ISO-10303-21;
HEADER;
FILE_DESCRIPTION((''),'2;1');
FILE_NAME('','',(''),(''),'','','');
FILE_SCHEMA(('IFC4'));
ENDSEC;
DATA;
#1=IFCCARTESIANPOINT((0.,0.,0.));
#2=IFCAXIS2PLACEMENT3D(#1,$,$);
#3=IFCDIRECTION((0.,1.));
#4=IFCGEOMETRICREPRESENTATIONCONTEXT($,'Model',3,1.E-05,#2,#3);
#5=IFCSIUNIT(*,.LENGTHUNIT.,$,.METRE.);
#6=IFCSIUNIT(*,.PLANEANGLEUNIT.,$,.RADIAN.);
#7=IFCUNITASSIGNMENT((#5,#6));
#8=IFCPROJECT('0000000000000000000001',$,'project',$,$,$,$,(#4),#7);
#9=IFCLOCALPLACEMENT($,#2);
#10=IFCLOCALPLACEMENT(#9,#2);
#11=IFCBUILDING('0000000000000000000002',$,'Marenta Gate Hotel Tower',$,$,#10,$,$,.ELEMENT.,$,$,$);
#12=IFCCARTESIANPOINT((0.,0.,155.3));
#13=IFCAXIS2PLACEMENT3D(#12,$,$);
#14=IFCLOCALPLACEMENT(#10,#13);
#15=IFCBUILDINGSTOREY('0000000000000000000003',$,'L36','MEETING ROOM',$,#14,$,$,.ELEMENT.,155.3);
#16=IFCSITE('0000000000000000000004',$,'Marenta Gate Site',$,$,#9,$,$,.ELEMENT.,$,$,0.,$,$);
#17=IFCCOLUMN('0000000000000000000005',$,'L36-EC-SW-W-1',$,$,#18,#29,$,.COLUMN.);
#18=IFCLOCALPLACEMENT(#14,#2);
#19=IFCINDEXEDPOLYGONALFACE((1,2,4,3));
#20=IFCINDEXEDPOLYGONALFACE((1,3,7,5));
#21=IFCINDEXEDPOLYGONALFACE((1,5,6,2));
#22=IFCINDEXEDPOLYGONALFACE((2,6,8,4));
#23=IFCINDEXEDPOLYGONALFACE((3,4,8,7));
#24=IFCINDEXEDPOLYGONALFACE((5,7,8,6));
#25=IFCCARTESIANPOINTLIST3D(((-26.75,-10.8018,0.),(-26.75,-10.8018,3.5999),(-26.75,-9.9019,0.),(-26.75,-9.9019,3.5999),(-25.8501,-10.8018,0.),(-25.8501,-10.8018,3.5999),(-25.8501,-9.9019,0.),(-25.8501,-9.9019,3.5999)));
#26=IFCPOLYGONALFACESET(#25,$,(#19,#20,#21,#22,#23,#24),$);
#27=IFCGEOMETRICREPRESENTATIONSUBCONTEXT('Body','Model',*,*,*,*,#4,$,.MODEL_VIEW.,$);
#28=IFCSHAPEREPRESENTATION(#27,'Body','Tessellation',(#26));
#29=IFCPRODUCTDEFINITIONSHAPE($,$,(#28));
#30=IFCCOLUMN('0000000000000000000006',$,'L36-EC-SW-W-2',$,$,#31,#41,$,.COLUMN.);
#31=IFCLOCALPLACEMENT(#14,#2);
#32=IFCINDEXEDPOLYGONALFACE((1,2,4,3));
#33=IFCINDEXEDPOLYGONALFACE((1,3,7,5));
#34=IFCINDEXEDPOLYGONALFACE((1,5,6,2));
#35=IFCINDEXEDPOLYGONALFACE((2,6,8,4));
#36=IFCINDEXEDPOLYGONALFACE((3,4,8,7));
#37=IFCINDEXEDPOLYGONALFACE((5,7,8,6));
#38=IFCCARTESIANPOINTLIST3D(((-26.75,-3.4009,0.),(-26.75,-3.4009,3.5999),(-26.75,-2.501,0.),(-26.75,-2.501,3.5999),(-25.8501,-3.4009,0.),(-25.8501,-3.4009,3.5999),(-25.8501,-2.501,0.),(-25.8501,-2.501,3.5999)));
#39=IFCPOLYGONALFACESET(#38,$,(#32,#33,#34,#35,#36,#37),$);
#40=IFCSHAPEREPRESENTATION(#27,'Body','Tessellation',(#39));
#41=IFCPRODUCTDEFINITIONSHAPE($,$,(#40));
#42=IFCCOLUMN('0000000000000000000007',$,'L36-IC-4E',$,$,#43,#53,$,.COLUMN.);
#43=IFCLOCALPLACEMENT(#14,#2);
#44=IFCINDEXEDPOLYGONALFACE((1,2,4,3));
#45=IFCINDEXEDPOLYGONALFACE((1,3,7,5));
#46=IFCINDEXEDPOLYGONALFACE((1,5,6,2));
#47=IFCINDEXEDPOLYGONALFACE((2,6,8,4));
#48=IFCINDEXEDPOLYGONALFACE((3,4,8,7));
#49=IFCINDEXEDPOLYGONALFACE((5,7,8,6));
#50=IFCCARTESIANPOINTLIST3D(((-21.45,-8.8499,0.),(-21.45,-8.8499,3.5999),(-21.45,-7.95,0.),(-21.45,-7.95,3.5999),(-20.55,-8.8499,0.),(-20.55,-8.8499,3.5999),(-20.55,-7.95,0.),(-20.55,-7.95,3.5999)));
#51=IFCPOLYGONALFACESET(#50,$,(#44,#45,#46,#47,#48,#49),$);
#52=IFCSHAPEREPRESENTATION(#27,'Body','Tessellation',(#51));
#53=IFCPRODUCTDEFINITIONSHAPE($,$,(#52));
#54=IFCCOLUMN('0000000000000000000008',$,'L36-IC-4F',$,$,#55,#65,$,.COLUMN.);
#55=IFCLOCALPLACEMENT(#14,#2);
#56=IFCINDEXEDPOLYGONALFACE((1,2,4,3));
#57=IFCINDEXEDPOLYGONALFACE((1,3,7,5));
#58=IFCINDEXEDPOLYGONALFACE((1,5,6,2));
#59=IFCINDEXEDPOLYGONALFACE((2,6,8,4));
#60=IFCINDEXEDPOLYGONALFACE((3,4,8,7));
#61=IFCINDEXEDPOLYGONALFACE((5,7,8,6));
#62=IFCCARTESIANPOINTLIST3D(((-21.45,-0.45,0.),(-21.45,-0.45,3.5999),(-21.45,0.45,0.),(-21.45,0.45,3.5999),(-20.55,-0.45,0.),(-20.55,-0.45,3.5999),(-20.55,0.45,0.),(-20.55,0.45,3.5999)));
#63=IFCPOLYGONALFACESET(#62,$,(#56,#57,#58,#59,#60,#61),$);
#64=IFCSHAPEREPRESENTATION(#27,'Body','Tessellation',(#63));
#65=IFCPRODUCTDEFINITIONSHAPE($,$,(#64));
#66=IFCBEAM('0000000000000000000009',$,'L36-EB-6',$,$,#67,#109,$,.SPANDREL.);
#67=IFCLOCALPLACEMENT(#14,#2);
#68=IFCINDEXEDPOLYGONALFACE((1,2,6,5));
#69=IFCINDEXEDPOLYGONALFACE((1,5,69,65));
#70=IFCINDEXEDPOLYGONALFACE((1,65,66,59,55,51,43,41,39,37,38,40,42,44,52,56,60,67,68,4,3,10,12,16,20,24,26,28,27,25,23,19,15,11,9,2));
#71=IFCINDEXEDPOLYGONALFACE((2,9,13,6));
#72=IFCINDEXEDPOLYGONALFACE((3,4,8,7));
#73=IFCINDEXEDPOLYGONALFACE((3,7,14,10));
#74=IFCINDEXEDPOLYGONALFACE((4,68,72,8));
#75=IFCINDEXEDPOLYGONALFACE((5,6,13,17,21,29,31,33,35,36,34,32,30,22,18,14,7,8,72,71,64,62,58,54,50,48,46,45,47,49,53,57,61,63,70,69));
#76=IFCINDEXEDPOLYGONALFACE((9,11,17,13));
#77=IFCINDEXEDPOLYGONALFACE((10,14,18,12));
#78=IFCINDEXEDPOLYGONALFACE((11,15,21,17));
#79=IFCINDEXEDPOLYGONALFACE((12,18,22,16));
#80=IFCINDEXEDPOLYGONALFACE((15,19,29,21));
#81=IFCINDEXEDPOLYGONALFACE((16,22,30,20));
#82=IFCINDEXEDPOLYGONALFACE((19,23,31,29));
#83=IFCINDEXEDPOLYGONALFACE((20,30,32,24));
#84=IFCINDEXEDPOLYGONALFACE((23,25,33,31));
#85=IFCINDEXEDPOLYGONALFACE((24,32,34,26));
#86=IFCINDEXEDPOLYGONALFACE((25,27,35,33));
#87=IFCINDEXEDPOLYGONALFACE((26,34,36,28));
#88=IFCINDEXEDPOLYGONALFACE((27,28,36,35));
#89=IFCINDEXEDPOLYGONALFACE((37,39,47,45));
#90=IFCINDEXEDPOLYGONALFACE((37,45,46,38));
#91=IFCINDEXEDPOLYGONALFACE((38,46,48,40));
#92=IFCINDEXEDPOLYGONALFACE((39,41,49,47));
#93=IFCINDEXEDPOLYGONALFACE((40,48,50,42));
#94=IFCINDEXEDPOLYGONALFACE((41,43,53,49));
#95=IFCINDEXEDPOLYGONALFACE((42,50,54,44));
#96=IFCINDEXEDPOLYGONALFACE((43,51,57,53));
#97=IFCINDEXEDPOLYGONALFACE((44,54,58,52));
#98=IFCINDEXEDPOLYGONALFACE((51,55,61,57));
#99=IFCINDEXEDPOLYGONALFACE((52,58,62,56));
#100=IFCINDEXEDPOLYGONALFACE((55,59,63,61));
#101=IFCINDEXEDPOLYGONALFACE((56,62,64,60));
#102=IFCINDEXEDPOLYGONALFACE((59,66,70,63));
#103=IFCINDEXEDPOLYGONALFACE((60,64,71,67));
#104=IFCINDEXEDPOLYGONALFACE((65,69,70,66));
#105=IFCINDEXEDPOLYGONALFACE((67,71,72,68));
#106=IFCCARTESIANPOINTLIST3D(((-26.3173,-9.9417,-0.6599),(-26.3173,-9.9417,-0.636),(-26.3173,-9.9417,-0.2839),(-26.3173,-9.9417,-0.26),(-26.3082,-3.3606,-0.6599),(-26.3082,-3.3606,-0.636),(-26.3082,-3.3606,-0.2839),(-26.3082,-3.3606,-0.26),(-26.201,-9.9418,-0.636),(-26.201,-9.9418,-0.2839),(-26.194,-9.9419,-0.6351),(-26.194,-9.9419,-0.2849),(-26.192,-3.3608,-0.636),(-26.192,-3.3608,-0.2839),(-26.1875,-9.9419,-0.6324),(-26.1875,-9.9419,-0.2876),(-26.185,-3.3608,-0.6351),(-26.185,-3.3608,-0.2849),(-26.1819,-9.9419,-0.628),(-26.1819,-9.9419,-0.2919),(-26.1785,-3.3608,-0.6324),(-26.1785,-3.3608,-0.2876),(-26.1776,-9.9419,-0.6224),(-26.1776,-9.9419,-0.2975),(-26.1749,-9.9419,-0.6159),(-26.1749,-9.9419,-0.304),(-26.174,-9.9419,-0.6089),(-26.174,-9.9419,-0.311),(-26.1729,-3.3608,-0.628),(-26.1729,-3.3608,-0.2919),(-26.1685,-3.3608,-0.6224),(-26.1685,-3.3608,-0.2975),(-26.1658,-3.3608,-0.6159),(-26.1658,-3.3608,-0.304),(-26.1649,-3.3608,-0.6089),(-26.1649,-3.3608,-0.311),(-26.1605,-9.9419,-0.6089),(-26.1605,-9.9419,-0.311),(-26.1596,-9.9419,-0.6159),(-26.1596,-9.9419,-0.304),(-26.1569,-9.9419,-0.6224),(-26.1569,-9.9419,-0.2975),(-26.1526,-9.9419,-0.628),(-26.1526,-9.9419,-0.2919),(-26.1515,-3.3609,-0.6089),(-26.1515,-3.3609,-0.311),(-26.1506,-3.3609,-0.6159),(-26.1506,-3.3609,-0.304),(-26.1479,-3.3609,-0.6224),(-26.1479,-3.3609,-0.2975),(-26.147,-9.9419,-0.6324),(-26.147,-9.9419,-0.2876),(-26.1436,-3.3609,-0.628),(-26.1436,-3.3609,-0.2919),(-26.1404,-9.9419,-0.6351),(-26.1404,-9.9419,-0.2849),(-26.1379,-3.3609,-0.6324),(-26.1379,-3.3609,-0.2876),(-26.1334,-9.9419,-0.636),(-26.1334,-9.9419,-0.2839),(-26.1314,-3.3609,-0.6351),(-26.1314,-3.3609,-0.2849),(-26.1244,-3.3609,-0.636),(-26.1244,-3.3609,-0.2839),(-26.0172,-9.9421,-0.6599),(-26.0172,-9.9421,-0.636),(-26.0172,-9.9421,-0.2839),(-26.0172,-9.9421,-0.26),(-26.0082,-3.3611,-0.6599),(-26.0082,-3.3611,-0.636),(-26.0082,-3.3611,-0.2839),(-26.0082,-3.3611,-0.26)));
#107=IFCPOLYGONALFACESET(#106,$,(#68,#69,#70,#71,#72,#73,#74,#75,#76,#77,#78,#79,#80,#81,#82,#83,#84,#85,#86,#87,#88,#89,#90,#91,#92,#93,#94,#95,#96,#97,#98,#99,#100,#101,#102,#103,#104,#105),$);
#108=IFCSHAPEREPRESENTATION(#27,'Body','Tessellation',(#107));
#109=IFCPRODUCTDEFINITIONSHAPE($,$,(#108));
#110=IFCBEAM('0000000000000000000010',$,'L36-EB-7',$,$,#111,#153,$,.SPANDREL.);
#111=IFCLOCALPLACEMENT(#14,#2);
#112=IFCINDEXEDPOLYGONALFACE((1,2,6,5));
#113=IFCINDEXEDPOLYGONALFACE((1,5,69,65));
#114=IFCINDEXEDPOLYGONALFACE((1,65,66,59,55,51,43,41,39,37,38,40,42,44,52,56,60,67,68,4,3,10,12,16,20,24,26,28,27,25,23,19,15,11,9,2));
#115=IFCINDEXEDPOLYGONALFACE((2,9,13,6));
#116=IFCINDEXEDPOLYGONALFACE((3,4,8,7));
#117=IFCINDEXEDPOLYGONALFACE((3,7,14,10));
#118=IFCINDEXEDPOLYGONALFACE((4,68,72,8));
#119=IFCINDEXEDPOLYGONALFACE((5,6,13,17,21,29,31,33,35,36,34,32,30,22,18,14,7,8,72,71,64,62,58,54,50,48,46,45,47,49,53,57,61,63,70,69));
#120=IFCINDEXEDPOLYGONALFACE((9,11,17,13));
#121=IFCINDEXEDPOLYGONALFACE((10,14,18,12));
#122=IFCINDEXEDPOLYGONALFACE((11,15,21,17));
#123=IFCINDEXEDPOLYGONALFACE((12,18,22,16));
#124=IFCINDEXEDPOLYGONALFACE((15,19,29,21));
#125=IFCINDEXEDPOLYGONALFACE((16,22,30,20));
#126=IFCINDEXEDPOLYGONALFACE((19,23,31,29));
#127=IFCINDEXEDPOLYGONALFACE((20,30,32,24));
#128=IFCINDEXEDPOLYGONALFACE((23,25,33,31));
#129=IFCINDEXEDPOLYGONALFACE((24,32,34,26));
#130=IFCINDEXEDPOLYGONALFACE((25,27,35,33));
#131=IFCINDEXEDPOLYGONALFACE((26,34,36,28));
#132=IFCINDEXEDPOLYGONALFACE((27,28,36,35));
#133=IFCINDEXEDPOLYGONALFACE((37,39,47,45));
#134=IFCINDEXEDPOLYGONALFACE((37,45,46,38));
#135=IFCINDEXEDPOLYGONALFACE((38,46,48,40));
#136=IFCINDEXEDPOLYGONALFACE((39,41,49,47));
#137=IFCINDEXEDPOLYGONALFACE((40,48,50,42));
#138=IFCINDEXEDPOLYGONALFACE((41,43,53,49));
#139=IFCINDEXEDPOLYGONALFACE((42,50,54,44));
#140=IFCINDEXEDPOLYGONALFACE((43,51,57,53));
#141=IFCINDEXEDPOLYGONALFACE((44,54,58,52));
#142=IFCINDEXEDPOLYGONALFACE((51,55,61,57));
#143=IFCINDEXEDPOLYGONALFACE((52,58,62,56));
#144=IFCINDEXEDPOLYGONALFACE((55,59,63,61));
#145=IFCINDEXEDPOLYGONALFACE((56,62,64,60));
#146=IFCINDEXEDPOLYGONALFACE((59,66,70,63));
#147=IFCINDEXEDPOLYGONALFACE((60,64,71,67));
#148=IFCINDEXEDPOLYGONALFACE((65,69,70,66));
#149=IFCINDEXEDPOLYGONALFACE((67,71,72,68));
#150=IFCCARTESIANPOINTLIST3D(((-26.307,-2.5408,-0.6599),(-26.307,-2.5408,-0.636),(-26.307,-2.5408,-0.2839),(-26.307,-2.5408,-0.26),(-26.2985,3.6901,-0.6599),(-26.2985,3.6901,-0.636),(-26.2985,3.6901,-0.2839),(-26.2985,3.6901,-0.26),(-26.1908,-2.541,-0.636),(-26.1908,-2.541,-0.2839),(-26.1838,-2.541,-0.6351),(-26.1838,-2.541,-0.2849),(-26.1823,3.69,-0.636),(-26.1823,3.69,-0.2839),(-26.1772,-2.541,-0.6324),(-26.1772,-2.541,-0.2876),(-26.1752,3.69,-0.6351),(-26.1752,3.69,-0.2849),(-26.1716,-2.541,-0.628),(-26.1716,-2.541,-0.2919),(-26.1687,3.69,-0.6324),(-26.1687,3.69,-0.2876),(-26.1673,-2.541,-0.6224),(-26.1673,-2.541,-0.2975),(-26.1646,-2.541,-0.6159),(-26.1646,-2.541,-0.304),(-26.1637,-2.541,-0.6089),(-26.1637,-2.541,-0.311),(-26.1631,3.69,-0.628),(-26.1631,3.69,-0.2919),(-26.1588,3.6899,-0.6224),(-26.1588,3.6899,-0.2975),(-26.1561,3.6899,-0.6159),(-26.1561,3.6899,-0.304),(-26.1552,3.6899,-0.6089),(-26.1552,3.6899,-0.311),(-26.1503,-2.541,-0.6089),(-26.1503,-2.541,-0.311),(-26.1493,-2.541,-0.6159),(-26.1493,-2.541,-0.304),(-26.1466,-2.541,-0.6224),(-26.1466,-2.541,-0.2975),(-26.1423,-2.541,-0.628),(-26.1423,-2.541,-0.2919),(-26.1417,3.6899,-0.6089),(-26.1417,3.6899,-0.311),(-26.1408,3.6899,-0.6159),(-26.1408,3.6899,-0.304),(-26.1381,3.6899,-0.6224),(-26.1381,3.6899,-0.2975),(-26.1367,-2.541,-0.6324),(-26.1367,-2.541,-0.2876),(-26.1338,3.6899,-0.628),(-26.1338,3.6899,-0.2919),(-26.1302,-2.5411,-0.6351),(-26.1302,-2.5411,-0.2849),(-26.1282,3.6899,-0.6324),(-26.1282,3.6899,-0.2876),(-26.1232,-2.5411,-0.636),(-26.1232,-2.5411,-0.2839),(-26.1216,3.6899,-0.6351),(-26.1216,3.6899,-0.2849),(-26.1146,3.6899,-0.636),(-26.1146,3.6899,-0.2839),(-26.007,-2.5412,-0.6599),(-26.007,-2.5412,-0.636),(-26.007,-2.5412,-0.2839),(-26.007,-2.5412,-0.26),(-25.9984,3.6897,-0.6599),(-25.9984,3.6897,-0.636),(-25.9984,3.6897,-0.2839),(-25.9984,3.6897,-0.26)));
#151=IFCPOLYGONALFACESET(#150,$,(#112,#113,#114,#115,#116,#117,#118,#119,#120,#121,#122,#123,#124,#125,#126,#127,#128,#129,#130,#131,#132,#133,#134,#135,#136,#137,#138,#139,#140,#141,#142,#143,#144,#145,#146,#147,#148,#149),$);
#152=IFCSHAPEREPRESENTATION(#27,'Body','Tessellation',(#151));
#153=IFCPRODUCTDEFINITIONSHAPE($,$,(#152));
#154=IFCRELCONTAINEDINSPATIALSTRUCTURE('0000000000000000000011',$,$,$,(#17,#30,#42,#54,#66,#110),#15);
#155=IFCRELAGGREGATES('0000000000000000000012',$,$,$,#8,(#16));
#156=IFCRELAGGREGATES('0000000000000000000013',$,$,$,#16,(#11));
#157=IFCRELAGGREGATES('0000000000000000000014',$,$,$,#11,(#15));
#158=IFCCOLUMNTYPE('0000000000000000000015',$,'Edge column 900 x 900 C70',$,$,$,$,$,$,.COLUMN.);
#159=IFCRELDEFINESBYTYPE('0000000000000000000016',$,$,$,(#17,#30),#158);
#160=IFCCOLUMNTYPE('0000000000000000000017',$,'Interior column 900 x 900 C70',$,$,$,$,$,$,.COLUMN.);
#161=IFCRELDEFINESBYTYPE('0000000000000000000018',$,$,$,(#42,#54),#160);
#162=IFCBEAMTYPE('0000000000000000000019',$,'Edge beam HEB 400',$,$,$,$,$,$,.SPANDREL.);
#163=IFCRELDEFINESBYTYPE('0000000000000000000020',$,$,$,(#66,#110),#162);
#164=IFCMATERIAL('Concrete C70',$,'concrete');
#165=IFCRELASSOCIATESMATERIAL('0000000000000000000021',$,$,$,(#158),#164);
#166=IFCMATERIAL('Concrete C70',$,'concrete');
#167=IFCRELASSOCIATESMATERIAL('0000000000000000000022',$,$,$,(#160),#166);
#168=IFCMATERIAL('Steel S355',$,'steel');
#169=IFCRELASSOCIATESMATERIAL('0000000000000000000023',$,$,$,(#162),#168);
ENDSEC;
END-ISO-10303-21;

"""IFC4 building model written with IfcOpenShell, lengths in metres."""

from ifc_helpers import new_model, si_unit, direction, frame, origin, origin_2d, place, context, subcontext, project, spatial, rectangle, i_section, extrude, material, material_profile, profile_set, type_object, element, save


model = new_model("IFC4")

# Units and contexts
model_context = context("Model", 3, precision=1e-05, world=origin(), true_north=direction((0.0, 1.0)))
body_context = subcontext(model_context, "Body", "Model", "MODEL_VIEW")
ifc_project = project(units=[si_unit("LENGTHUNIT", "METRE"), si_unit("PLANEANGLEUNIT", "RADIAN")], contexts=[model_context])

# Site, building, storey
site_placement = place(None, origin())
site = spatial("IfcSite", under=ifc_project, at=site_placement, Name="Marenta Gate Site", CompositionType="ELEMENT", RefElevation=0.0)
building_placement = place(site_placement, origin())
building = spatial("IfcBuilding", under=site, at=building_placement, Name="Marenta Gate Hotel Tower", CompositionType="ELEMENT")
storey_placement = place(building_placement, frame((0.0, 0.0, 155.3)))
storey = spatial("IfcBuildingStorey", under=building, at=storey_placement, Name="L36", Description="MEETING ROOM", CompositionType="ELEMENT", Elevation=155.3)

# Columns
ifc_material_1 = material(Name="Concrete C70", Category="concrete")
ifc_material_profile_1 = material_profile(ifc_material_1, rectangle(XDim=0.8999, YDim=0.8999, at=origin_2d()), Name="900 x 900")
ifc_profile_set_1 = profile_set([ifc_material_profile_1], Name="Concrete C70")
column_type_1 = type_object("IfcColumnType", Name="Edge column 900 x 900 C70", PredefinedType="COLUMN", material=ifc_profile_set_1)
for number, where, z_axis, x_axis, name in (
    (1, (-26.3, -10.3518, 0.0), (0.0, 0.0, 1.0), (1.0, 0.0, 0.0), "L36-EC-SW-W-1"),
    (2, (-26.3, -2.9509, 0.0), (0.0, 0.0, 1.0), (1.0, 0.0, 0.0), "L36-EC-SW-W-2"),
):
    element("IfcColumn", number, at=place(storey_placement, frame(where, z_axis=z_axis, x_axis=x_axis)), inside=storey, type_object=column_type_1, Name=name, PredefinedType="COLUMN", context=body_context, shape_type="SweptSolid", body=[
        extrude(rectangle(XDim=0.8999, YDim=0.8999, at=origin_2d()), origin(), (0.0, 0.0, 1.0), 3.5999),
    ])
ifc_material_2 = material(Name="Concrete C70", Category="concrete")
ifc_material_profile_2 = material_profile(ifc_material_2, rectangle(XDim=0.8999, YDim=0.8999, at=origin_2d()), Name="900 x 900")
ifc_profile_set_2 = profile_set([ifc_material_profile_2], Name="Concrete C70")
column_type_2 = type_object("IfcColumnType", Name="Interior column 900 x 900 C70", PredefinedType="COLUMN", material=ifc_profile_set_2)
for number, where, z_axis, x_axis, name in (
    (3, (-21.0, -8.3999, 0.0), (0.0, 0.0, 1.0), (1.0, 0.0, 0.0), "L36-IC-4E"),
    (4, (-21.0, 0.0, 0.0), (0.0, 0.0, 1.0), (1.0, 0.0, 0.0), "L36-IC-4F"),
):
    element("IfcColumn", number, at=place(storey_placement, frame(where, z_axis=z_axis, x_axis=x_axis)), inside=storey, type_object=column_type_2, Name=name, PredefinedType="COLUMN", context=body_context, shape_type="SweptSolid", body=[
        extrude(rectangle(XDim=0.8999, YDim=0.8999, at=origin_2d()), origin(), (0.0, 0.0, 1.0), 3.5999),
    ])

# Beams
ifc_material_3 = material(Name="Steel S355", Category="steel")
ifc_material_profile_3 = material_profile(ifc_material_3, i_section(OverallWidth=0.3, OverallDepth=0.3999, WebThickness=0.0134, FlangeThickness=0.0239, FilletRadius=0.0271, at=origin_2d()), Name="HEB 400")
ifc_profile_set_3 = profile_set([ifc_material_profile_3], Name="Steel S355")
beam_type_1 = type_object("IfcBeamType", Name="Edge beam HEB 400", PredefinedType="SPANDREL", material=ifc_profile_set_3)
beam_1_placement = place(storey_placement, frame((-26.1672, -9.9419, -0.46), z_axis=(0.001373, 0.999999, 0.0), x_axis=(-0.999999, 0.001373, 0.0)))
element("IfcBeam", 5, at=beam_1_placement, inside=storey, type_object=beam_type_1, Name="L36-EB-6", PredefinedType="SPANDREL", context=body_context, shape_type="SweptSolid", body=[
    extrude(i_section(OverallWidth=0.3, OverallDepth=0.3999, WebThickness=0.0134, FlangeThickness=0.0239, FilletRadius=0.0271, at=origin_2d()), origin(), (0.0, 0.0, 1.0), 6.5811),
])
beam_2_placement = place(storey_placement, frame((-26.157, -2.541, -0.46), z_axis=(0.001371, 0.999999, 0.0), x_axis=(-0.999999, 0.001371, 0.0)))
element("IfcBeam", 6, at=beam_2_placement, inside=storey, type_object=beam_type_1, Name="L36-EB-7", PredefinedType="SPANDREL", context=body_context, shape_type="SweptSolid", body=[
    extrude(i_section(OverallWidth=0.3, OverallDepth=0.3999, WebThickness=0.0134, FlangeThickness=0.0239, FilletRadius=0.0271, at=origin_2d()), origin(), (0.0, 0.0, 1.0), 6.231),
])

save(model, "model.ifc")
